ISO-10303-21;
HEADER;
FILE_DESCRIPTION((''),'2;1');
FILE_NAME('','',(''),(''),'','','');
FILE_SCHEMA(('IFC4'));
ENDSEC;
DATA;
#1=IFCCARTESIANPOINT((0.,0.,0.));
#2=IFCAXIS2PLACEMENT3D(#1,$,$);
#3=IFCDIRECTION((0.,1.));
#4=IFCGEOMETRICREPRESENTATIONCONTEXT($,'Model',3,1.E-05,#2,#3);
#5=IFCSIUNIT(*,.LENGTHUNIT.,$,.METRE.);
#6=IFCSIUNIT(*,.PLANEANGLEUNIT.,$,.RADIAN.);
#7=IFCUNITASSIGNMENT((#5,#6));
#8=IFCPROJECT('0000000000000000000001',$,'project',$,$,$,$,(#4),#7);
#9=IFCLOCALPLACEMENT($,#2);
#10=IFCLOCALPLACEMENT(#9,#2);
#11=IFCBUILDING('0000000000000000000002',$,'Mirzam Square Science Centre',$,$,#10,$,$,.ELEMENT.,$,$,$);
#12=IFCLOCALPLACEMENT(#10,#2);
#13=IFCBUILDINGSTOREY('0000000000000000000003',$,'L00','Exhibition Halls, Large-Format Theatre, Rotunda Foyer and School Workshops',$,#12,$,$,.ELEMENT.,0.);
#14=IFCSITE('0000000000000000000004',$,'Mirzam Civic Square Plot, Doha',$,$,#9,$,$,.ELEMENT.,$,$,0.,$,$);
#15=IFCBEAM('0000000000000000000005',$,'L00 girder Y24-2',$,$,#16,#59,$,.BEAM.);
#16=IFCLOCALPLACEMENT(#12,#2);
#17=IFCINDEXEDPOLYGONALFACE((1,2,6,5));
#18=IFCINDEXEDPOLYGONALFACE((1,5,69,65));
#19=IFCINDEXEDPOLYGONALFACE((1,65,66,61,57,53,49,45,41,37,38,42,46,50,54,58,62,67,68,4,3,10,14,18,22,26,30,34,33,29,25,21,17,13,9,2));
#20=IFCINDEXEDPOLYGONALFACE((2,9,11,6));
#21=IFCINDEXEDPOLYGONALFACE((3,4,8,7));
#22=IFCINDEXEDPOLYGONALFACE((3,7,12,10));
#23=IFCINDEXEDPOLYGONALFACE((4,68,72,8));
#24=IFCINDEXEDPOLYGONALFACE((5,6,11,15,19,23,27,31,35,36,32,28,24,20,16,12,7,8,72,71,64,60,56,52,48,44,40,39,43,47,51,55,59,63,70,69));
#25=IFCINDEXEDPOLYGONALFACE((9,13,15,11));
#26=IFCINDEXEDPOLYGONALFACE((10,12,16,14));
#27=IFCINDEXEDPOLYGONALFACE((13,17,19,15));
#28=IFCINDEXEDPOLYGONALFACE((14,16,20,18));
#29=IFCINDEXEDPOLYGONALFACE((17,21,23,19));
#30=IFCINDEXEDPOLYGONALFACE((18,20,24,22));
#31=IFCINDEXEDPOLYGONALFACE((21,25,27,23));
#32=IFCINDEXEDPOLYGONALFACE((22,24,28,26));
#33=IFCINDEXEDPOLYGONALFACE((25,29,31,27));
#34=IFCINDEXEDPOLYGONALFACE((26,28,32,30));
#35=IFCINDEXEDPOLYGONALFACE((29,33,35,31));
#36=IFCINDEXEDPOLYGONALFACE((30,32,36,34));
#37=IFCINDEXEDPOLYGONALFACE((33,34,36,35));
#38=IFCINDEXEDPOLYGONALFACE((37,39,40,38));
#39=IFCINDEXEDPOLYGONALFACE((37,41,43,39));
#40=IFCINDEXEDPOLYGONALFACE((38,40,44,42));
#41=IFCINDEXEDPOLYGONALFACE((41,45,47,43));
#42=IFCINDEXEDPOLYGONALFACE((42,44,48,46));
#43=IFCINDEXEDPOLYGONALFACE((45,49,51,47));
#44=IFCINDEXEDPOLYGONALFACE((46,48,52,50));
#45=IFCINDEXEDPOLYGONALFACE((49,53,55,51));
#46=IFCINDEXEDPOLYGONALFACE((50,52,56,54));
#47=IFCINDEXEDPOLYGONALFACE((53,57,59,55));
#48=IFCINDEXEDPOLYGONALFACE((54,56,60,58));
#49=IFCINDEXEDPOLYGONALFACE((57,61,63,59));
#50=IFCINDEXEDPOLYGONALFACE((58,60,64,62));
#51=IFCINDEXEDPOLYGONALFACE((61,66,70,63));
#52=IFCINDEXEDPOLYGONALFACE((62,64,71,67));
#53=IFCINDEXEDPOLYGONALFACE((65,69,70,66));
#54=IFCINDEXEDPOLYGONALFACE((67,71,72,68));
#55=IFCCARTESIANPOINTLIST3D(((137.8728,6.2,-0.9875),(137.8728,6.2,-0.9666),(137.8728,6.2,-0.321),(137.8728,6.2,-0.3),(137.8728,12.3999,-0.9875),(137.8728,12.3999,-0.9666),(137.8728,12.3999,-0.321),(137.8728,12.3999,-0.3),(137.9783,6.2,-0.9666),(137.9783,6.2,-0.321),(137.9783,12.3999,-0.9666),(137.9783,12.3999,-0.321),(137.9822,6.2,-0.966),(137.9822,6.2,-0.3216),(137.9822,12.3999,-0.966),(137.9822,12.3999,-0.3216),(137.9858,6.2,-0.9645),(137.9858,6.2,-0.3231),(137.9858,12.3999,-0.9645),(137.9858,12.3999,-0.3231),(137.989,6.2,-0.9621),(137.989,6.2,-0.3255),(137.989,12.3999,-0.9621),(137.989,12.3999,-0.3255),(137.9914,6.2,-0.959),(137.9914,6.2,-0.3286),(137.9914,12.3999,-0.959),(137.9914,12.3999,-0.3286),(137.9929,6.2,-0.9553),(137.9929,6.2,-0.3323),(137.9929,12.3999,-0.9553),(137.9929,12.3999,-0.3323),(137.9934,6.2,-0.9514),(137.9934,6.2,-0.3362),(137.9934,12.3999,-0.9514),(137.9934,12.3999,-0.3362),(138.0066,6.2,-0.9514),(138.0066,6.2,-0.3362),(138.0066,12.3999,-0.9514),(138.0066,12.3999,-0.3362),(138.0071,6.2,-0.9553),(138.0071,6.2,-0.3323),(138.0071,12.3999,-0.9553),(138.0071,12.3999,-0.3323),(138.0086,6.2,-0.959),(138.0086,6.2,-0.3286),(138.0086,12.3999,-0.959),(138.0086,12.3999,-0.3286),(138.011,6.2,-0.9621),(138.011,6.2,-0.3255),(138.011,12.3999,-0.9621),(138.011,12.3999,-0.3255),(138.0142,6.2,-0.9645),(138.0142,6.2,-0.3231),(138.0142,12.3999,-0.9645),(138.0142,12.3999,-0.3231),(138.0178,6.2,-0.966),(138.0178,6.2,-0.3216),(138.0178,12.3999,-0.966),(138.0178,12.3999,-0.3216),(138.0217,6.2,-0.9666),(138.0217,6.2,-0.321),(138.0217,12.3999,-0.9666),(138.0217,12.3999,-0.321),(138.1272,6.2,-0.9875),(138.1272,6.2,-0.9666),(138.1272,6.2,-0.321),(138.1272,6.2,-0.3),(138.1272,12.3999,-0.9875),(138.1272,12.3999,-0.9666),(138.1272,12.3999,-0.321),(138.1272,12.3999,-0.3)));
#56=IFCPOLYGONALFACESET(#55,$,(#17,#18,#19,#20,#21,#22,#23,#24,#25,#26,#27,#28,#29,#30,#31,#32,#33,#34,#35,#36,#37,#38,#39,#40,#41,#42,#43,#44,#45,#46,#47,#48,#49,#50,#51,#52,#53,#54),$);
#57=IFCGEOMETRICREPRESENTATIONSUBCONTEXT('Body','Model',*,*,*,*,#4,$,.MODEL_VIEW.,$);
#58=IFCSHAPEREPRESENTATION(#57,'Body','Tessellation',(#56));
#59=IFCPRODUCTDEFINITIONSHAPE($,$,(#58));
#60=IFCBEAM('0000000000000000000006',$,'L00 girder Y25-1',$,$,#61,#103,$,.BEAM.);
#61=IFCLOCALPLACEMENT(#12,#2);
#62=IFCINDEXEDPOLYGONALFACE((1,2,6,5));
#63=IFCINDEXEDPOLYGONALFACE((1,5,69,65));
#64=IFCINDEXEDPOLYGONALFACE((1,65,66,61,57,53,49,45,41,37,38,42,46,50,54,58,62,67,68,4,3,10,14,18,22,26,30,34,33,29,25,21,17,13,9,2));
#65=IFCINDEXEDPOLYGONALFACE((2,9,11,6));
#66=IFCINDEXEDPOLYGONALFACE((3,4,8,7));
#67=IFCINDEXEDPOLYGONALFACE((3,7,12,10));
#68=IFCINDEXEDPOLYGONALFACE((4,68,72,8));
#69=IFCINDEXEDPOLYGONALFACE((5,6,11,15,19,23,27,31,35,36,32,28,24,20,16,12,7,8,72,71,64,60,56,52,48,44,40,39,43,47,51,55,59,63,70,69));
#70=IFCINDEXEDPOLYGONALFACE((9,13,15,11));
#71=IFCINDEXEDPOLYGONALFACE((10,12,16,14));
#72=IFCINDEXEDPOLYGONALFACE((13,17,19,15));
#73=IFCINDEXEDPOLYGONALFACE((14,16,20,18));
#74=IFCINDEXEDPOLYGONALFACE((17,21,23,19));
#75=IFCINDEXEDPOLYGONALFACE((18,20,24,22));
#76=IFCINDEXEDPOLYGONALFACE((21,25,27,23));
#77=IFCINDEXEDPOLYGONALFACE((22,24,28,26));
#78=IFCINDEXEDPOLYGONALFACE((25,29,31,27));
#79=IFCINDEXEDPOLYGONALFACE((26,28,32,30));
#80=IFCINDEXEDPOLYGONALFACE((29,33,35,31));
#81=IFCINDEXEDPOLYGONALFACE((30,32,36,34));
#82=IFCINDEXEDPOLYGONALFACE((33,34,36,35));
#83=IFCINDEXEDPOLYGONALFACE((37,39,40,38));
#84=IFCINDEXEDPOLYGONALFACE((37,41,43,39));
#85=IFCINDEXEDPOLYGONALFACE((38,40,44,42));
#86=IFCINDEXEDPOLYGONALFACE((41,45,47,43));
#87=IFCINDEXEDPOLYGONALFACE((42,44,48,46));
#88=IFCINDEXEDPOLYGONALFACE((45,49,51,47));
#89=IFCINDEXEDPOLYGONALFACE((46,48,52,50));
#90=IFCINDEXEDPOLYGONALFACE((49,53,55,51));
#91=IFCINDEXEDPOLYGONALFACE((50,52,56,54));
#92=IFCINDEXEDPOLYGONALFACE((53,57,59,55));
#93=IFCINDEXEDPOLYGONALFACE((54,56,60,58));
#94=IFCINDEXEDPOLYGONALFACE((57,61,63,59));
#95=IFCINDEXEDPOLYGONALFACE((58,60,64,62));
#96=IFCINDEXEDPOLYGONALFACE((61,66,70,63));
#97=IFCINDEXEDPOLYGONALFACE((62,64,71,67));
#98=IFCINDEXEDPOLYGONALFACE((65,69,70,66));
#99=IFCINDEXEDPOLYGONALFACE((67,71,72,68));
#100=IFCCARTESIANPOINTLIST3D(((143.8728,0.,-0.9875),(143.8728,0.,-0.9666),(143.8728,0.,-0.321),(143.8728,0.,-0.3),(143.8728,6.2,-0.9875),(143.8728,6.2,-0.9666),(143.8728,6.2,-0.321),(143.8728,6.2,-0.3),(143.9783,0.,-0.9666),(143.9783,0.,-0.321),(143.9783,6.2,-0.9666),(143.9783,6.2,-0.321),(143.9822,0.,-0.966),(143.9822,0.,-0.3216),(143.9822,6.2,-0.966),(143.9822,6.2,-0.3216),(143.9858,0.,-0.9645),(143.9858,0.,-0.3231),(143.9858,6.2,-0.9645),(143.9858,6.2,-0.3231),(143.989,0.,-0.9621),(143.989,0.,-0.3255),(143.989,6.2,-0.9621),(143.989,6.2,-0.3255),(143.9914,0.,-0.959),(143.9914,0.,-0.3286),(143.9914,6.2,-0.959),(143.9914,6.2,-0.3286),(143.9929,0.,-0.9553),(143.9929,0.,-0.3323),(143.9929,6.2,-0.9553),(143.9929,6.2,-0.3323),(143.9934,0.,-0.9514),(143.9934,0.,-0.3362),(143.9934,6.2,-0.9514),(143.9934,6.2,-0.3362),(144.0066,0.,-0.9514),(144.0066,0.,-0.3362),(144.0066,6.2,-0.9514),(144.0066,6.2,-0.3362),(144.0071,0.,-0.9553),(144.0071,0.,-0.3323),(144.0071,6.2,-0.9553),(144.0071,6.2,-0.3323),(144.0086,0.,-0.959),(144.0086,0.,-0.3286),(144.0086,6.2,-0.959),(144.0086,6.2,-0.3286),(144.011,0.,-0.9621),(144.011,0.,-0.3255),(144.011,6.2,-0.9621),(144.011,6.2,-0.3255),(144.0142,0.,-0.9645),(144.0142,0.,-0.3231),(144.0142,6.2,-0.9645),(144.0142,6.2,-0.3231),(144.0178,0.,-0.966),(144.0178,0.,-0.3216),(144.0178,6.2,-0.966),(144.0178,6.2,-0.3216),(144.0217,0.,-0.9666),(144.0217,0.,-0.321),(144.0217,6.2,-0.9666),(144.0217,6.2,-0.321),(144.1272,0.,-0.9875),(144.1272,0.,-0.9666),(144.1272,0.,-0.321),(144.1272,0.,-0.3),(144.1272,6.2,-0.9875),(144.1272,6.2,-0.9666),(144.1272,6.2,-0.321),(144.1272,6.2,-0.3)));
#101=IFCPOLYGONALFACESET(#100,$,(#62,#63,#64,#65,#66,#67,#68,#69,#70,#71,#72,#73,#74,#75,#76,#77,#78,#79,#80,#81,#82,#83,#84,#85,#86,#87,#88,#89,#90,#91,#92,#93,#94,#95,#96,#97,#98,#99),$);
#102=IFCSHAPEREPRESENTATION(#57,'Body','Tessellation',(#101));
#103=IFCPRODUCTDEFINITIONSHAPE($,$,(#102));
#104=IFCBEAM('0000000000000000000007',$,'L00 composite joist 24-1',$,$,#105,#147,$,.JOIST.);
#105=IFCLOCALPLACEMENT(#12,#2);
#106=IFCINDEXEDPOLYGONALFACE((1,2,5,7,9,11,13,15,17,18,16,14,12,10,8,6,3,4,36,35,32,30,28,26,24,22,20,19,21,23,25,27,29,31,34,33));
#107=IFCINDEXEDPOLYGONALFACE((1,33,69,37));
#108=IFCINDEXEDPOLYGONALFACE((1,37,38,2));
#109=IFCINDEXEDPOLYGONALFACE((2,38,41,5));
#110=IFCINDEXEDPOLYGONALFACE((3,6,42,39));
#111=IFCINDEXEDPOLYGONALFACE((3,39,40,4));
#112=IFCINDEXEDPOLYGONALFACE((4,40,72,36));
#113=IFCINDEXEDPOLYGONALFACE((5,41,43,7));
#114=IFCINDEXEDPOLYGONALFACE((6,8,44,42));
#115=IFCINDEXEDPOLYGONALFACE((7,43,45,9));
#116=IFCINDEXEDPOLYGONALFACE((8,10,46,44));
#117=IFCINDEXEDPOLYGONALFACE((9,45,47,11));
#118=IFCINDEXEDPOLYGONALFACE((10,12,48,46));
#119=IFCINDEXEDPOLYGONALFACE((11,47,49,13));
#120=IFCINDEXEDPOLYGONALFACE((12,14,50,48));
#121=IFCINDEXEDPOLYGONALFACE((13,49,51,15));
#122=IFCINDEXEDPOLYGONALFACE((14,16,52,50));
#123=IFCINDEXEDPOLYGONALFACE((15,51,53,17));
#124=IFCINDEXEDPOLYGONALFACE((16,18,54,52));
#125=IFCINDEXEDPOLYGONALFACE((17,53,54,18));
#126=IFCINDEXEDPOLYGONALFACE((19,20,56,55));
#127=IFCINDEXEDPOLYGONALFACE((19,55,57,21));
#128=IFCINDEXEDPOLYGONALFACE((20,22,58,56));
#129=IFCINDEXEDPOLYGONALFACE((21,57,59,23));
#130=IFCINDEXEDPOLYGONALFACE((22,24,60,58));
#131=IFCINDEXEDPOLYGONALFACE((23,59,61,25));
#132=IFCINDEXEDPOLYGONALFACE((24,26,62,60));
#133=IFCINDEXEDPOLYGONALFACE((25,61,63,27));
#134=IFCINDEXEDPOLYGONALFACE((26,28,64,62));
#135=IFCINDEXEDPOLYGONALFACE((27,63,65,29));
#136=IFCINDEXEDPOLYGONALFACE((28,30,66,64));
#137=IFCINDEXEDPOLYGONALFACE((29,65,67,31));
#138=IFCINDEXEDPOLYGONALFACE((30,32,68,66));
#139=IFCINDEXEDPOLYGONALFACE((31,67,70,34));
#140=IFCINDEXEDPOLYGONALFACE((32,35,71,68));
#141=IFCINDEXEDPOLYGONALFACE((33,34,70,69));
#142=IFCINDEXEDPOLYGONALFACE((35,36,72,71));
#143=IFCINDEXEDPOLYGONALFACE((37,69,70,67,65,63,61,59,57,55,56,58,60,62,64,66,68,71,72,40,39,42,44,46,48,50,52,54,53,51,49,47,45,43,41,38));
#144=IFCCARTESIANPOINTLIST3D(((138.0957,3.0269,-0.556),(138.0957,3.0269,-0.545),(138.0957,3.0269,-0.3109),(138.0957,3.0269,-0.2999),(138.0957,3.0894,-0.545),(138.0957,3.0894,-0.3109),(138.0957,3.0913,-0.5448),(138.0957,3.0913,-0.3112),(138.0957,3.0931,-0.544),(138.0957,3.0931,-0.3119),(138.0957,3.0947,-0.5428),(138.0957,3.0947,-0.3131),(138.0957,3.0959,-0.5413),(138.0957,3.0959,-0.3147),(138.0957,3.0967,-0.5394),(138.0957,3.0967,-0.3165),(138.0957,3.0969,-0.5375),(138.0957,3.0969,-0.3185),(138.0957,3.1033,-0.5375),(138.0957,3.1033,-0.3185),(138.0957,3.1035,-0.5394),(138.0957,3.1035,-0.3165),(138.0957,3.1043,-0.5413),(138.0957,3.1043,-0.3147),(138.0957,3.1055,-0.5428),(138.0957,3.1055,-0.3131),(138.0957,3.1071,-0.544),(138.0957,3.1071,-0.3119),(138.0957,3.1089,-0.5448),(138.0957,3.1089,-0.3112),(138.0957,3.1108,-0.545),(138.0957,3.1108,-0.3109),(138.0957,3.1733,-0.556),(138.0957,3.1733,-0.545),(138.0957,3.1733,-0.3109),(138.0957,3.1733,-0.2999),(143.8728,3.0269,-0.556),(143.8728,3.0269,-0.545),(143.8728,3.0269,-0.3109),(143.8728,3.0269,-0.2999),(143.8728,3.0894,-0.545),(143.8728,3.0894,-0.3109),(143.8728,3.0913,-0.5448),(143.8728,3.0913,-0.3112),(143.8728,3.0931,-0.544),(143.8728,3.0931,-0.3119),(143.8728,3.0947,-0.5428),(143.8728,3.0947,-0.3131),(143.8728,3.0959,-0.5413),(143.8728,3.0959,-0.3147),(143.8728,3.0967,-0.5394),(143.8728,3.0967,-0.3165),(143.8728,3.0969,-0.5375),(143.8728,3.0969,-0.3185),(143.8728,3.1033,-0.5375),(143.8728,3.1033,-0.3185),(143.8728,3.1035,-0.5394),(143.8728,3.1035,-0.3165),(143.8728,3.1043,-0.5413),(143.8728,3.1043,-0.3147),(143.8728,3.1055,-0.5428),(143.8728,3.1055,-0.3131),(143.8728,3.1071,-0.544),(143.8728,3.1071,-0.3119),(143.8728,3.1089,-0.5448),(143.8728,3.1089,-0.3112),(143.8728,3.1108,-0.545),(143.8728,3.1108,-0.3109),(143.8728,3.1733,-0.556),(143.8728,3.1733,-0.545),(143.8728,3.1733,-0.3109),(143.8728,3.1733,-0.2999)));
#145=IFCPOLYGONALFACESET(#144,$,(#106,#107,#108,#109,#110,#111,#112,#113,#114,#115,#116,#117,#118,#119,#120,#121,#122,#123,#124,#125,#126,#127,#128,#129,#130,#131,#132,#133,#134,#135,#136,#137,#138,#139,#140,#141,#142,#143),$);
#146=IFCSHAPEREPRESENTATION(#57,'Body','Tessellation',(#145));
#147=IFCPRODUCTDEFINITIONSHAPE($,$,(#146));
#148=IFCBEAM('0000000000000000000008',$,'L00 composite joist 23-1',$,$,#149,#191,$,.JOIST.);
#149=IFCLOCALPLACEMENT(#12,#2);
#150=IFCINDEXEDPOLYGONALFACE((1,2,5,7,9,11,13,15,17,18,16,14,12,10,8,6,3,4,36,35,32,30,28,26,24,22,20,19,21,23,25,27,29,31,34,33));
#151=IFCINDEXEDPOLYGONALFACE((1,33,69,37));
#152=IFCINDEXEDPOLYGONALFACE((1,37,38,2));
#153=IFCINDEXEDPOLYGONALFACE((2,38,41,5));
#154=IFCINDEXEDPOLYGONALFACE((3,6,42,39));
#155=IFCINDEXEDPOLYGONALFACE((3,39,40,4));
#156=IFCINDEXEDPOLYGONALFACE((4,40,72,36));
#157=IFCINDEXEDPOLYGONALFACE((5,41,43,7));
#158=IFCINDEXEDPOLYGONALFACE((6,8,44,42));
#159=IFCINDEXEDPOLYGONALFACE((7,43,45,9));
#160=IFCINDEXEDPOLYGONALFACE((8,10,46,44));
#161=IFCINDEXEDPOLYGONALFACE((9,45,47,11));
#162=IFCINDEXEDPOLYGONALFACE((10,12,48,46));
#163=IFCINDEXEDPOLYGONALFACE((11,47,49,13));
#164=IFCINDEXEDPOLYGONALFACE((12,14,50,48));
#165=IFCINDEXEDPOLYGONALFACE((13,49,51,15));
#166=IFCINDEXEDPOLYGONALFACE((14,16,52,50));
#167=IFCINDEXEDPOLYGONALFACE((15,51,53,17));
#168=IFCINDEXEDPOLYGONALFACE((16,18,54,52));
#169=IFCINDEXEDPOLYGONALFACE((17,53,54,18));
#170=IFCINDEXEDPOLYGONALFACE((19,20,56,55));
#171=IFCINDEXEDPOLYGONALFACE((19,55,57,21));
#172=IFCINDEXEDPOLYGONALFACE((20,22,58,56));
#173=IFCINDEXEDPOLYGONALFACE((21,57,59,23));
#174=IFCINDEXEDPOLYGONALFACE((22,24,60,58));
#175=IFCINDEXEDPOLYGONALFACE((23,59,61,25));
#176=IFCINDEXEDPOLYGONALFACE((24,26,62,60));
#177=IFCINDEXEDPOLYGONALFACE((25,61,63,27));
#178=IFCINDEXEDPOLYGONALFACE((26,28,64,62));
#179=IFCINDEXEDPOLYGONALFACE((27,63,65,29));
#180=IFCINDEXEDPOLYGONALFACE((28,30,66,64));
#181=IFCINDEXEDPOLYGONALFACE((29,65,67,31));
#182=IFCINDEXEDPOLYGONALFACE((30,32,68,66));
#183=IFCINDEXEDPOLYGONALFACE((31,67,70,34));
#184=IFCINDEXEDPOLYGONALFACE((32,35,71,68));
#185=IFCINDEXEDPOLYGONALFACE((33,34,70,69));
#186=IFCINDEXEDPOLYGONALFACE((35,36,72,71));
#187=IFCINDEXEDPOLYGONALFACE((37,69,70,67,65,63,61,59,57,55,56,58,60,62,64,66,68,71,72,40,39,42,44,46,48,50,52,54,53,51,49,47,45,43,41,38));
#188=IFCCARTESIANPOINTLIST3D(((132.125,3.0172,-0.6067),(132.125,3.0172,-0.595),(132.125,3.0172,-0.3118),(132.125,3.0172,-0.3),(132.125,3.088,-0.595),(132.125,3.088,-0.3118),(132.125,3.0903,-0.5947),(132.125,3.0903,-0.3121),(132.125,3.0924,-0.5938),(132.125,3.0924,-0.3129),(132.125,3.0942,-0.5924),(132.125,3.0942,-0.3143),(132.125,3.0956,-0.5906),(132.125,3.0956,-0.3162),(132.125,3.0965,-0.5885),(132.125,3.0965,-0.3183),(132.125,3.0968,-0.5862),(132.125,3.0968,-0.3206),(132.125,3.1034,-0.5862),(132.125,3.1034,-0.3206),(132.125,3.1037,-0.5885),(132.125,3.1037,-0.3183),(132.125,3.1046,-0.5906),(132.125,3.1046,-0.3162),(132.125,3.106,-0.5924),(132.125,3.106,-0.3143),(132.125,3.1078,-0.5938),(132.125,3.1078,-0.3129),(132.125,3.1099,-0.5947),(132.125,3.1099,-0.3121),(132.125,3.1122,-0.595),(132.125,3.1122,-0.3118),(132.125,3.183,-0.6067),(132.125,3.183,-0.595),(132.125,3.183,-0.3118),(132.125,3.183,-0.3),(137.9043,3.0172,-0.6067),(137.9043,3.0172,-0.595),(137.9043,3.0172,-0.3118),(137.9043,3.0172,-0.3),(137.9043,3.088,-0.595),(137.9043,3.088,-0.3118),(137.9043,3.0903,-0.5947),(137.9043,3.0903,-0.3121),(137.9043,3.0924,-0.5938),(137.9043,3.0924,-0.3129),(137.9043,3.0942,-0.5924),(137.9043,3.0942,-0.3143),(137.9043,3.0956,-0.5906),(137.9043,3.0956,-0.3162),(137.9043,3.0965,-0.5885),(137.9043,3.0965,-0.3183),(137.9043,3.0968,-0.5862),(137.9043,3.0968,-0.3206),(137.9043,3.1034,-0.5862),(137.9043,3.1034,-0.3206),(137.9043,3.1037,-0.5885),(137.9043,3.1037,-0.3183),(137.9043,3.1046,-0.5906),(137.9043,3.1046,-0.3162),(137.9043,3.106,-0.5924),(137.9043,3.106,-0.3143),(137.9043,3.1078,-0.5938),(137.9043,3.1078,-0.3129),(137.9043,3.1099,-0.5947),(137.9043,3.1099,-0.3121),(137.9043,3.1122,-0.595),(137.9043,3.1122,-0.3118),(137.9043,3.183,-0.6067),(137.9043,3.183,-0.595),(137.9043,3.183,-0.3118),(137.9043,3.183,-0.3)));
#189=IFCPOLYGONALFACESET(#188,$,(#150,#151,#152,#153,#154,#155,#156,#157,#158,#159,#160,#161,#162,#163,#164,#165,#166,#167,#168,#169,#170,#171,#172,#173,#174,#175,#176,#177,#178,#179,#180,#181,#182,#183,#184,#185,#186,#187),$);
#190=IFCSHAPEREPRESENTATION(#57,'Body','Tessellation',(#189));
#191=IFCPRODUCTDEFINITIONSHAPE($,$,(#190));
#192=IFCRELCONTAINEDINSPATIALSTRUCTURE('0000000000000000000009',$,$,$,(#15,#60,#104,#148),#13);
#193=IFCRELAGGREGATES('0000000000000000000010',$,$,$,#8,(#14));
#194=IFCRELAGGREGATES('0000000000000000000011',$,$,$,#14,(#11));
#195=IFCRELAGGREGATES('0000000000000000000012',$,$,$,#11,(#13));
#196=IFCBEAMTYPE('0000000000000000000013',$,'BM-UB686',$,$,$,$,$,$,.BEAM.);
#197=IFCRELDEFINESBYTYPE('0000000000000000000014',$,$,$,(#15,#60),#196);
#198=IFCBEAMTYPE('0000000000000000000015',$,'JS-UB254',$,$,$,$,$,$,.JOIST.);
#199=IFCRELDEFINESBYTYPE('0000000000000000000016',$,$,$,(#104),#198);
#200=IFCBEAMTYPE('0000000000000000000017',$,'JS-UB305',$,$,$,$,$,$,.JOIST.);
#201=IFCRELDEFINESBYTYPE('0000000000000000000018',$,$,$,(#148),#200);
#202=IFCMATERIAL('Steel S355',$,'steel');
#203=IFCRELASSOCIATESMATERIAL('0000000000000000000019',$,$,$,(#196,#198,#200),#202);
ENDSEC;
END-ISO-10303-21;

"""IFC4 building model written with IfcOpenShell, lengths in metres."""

from ifc_helpers import new_model, si_unit, direction, frame, origin, origin_2d, place, context, subcontext, project, spatial, i_section, extrude, material, material_profile, profile_set, type_object, element, save


model = new_model("IFC4")

# Units and contexts
model_context = context("Model", 3, precision=1e-05, world=origin(), true_north=direction((0.0, 1.0)))
body_context = subcontext(model_context, "Body", "Model", "MODEL_VIEW")
ifc_project = project(units=[si_unit("LENGTHUNIT", "METRE"), si_unit("PLANEANGLEUNIT", "RADIAN")], contexts=[model_context])

# Site, building, storey
site_placement = place(None, origin())
site = spatial("IfcSite", under=ifc_project, at=site_placement, Name="Mirzam Civic Square Plot, Doha", CompositionType="ELEMENT", RefElevation=0.0)
building_placement = place(site_placement, origin())
building = spatial("IfcBuilding", under=site, at=building_placement, Name="Mirzam Square Science Centre", CompositionType="ELEMENT")
storey_placement = place(building_placement, origin())
storey = spatial("IfcBuildingStorey", under=building, at=storey_placement, Name="L00", Description="Exhibition Halls, Large-Format Theatre, Rotunda Foyer and School Workshops", CompositionType="ELEMENT", Elevation=0.0)

# Shared definitions
ifc_material_1 = material(Name="Steel S355", Category="steel")

# Beams
ifc_material_profile_1 = material_profile(ifc_material_1, i_section(OverallWidth=0.2544, OverallDepth=0.6875, WebThickness=0.0132, FlangeThickness=0.021, FilletRadius=0.0151, at=origin_2d()), Name="686x254x152UB")
ifc_profile_set_1 = profile_set([ifc_material_profile_1], Name="Steel S355")
beam_type_1 = type_object("IfcBeamType", Name="BM-UB686", PredefinedType="BEAM", material=ifc_profile_set_1)
for number, where, z_axis, x_axis, name in (
    (1, (138.0, 6.2, -0.6438), (0.0, 1.0, 0.0), (-1.0, 0.0, 0.0), "L00 girder Y24-2"),
    (2, (144.0, 0.0, -0.6438), (0.0, 1.0, 0.0), (-1.0, 0.0, 0.0), "L00 girder Y25-1"),
):
    element("IfcBeam", number, at=place(storey_placement, frame(where, z_axis=z_axis, x_axis=x_axis)), inside=storey, type_object=beam_type_1, Name=name, PredefinedType="BEAM", context=body_context, shape_type="SweptSolid", body=[
        extrude(i_section(OverallWidth=0.2544, OverallDepth=0.6875, WebThickness=0.0132, FlangeThickness=0.021, FilletRadius=0.0151, at=origin_2d()), origin(), (0.0, 0.0, 1.0), 6.2),
    ])
ifc_material_profile_2 = material_profile(ifc_material_1, i_section(OverallWidth=0.1465, OverallDepth=0.2561, WebThickness=0.0063, FlangeThickness=0.011, FilletRadius=0.0076, at=origin_2d()), Name="254x146x37UB")
ifc_profile_set_2 = profile_set([ifc_material_profile_2], Name="Steel S355")
beam_type_2 = type_object("IfcBeamType", Name="JS-UB254", PredefinedType="JOIST", material=ifc_profile_set_2)
beam_1_placement = place(storey_placement, frame((138.0957, 3.1001, -0.428), z_axis=(1.0, 0.0, 0.0), x_axis=(0.0, 1.0, 0.0)))
element("IfcBeam", 3, at=beam_1_placement, inside=storey, type_object=beam_type_2, Name="L00 composite joist 24-1", PredefinedType="JOIST", context=body_context, shape_type="SweptSolid", body=[
    extrude(i_section(OverallWidth=0.1465, OverallDepth=0.2561, WebThickness=0.0063, FlangeThickness=0.011, FilletRadius=0.0076, at=origin_2d()), origin(), (0.0, 0.0, 1.0), 5.7771),
])
ifc_material_profile_3 = material_profile(ifc_material_1, i_section(OverallWidth=0.1658, OverallDepth=0.3066, WebThickness=0.0066, FlangeThickness=0.0117, FilletRadius=0.0088, at=origin_2d()), Name="305x165x46UB")
ifc_profile_set_3 = profile_set([ifc_material_profile_3], Name="Steel S355")
beam_type_3 = type_object("IfcBeamType", Name="JS-UB305", PredefinedType="JOIST", material=ifc_profile_set_3)
beam_2_placement = place(storey_placement, frame((132.125, 3.1001, -0.4534), z_axis=(1.0, 0.0, 0.0), x_axis=(0.0, 1.0, 0.0)))
element("IfcBeam", 4, at=beam_2_placement, inside=storey, type_object=beam_type_3, Name="L00 composite joist 23-1", PredefinedType="JOIST", context=body_context, shape_type="SweptSolid", body=[
    extrude(i_section(OverallWidth=0.1658, OverallDepth=0.3066, WebThickness=0.0066, FlangeThickness=0.0117, FilletRadius=0.0088, at=origin_2d()), origin(), (0.0, 0.0, 1.0), 5.7793),
])

save(model, "model.ifc")
